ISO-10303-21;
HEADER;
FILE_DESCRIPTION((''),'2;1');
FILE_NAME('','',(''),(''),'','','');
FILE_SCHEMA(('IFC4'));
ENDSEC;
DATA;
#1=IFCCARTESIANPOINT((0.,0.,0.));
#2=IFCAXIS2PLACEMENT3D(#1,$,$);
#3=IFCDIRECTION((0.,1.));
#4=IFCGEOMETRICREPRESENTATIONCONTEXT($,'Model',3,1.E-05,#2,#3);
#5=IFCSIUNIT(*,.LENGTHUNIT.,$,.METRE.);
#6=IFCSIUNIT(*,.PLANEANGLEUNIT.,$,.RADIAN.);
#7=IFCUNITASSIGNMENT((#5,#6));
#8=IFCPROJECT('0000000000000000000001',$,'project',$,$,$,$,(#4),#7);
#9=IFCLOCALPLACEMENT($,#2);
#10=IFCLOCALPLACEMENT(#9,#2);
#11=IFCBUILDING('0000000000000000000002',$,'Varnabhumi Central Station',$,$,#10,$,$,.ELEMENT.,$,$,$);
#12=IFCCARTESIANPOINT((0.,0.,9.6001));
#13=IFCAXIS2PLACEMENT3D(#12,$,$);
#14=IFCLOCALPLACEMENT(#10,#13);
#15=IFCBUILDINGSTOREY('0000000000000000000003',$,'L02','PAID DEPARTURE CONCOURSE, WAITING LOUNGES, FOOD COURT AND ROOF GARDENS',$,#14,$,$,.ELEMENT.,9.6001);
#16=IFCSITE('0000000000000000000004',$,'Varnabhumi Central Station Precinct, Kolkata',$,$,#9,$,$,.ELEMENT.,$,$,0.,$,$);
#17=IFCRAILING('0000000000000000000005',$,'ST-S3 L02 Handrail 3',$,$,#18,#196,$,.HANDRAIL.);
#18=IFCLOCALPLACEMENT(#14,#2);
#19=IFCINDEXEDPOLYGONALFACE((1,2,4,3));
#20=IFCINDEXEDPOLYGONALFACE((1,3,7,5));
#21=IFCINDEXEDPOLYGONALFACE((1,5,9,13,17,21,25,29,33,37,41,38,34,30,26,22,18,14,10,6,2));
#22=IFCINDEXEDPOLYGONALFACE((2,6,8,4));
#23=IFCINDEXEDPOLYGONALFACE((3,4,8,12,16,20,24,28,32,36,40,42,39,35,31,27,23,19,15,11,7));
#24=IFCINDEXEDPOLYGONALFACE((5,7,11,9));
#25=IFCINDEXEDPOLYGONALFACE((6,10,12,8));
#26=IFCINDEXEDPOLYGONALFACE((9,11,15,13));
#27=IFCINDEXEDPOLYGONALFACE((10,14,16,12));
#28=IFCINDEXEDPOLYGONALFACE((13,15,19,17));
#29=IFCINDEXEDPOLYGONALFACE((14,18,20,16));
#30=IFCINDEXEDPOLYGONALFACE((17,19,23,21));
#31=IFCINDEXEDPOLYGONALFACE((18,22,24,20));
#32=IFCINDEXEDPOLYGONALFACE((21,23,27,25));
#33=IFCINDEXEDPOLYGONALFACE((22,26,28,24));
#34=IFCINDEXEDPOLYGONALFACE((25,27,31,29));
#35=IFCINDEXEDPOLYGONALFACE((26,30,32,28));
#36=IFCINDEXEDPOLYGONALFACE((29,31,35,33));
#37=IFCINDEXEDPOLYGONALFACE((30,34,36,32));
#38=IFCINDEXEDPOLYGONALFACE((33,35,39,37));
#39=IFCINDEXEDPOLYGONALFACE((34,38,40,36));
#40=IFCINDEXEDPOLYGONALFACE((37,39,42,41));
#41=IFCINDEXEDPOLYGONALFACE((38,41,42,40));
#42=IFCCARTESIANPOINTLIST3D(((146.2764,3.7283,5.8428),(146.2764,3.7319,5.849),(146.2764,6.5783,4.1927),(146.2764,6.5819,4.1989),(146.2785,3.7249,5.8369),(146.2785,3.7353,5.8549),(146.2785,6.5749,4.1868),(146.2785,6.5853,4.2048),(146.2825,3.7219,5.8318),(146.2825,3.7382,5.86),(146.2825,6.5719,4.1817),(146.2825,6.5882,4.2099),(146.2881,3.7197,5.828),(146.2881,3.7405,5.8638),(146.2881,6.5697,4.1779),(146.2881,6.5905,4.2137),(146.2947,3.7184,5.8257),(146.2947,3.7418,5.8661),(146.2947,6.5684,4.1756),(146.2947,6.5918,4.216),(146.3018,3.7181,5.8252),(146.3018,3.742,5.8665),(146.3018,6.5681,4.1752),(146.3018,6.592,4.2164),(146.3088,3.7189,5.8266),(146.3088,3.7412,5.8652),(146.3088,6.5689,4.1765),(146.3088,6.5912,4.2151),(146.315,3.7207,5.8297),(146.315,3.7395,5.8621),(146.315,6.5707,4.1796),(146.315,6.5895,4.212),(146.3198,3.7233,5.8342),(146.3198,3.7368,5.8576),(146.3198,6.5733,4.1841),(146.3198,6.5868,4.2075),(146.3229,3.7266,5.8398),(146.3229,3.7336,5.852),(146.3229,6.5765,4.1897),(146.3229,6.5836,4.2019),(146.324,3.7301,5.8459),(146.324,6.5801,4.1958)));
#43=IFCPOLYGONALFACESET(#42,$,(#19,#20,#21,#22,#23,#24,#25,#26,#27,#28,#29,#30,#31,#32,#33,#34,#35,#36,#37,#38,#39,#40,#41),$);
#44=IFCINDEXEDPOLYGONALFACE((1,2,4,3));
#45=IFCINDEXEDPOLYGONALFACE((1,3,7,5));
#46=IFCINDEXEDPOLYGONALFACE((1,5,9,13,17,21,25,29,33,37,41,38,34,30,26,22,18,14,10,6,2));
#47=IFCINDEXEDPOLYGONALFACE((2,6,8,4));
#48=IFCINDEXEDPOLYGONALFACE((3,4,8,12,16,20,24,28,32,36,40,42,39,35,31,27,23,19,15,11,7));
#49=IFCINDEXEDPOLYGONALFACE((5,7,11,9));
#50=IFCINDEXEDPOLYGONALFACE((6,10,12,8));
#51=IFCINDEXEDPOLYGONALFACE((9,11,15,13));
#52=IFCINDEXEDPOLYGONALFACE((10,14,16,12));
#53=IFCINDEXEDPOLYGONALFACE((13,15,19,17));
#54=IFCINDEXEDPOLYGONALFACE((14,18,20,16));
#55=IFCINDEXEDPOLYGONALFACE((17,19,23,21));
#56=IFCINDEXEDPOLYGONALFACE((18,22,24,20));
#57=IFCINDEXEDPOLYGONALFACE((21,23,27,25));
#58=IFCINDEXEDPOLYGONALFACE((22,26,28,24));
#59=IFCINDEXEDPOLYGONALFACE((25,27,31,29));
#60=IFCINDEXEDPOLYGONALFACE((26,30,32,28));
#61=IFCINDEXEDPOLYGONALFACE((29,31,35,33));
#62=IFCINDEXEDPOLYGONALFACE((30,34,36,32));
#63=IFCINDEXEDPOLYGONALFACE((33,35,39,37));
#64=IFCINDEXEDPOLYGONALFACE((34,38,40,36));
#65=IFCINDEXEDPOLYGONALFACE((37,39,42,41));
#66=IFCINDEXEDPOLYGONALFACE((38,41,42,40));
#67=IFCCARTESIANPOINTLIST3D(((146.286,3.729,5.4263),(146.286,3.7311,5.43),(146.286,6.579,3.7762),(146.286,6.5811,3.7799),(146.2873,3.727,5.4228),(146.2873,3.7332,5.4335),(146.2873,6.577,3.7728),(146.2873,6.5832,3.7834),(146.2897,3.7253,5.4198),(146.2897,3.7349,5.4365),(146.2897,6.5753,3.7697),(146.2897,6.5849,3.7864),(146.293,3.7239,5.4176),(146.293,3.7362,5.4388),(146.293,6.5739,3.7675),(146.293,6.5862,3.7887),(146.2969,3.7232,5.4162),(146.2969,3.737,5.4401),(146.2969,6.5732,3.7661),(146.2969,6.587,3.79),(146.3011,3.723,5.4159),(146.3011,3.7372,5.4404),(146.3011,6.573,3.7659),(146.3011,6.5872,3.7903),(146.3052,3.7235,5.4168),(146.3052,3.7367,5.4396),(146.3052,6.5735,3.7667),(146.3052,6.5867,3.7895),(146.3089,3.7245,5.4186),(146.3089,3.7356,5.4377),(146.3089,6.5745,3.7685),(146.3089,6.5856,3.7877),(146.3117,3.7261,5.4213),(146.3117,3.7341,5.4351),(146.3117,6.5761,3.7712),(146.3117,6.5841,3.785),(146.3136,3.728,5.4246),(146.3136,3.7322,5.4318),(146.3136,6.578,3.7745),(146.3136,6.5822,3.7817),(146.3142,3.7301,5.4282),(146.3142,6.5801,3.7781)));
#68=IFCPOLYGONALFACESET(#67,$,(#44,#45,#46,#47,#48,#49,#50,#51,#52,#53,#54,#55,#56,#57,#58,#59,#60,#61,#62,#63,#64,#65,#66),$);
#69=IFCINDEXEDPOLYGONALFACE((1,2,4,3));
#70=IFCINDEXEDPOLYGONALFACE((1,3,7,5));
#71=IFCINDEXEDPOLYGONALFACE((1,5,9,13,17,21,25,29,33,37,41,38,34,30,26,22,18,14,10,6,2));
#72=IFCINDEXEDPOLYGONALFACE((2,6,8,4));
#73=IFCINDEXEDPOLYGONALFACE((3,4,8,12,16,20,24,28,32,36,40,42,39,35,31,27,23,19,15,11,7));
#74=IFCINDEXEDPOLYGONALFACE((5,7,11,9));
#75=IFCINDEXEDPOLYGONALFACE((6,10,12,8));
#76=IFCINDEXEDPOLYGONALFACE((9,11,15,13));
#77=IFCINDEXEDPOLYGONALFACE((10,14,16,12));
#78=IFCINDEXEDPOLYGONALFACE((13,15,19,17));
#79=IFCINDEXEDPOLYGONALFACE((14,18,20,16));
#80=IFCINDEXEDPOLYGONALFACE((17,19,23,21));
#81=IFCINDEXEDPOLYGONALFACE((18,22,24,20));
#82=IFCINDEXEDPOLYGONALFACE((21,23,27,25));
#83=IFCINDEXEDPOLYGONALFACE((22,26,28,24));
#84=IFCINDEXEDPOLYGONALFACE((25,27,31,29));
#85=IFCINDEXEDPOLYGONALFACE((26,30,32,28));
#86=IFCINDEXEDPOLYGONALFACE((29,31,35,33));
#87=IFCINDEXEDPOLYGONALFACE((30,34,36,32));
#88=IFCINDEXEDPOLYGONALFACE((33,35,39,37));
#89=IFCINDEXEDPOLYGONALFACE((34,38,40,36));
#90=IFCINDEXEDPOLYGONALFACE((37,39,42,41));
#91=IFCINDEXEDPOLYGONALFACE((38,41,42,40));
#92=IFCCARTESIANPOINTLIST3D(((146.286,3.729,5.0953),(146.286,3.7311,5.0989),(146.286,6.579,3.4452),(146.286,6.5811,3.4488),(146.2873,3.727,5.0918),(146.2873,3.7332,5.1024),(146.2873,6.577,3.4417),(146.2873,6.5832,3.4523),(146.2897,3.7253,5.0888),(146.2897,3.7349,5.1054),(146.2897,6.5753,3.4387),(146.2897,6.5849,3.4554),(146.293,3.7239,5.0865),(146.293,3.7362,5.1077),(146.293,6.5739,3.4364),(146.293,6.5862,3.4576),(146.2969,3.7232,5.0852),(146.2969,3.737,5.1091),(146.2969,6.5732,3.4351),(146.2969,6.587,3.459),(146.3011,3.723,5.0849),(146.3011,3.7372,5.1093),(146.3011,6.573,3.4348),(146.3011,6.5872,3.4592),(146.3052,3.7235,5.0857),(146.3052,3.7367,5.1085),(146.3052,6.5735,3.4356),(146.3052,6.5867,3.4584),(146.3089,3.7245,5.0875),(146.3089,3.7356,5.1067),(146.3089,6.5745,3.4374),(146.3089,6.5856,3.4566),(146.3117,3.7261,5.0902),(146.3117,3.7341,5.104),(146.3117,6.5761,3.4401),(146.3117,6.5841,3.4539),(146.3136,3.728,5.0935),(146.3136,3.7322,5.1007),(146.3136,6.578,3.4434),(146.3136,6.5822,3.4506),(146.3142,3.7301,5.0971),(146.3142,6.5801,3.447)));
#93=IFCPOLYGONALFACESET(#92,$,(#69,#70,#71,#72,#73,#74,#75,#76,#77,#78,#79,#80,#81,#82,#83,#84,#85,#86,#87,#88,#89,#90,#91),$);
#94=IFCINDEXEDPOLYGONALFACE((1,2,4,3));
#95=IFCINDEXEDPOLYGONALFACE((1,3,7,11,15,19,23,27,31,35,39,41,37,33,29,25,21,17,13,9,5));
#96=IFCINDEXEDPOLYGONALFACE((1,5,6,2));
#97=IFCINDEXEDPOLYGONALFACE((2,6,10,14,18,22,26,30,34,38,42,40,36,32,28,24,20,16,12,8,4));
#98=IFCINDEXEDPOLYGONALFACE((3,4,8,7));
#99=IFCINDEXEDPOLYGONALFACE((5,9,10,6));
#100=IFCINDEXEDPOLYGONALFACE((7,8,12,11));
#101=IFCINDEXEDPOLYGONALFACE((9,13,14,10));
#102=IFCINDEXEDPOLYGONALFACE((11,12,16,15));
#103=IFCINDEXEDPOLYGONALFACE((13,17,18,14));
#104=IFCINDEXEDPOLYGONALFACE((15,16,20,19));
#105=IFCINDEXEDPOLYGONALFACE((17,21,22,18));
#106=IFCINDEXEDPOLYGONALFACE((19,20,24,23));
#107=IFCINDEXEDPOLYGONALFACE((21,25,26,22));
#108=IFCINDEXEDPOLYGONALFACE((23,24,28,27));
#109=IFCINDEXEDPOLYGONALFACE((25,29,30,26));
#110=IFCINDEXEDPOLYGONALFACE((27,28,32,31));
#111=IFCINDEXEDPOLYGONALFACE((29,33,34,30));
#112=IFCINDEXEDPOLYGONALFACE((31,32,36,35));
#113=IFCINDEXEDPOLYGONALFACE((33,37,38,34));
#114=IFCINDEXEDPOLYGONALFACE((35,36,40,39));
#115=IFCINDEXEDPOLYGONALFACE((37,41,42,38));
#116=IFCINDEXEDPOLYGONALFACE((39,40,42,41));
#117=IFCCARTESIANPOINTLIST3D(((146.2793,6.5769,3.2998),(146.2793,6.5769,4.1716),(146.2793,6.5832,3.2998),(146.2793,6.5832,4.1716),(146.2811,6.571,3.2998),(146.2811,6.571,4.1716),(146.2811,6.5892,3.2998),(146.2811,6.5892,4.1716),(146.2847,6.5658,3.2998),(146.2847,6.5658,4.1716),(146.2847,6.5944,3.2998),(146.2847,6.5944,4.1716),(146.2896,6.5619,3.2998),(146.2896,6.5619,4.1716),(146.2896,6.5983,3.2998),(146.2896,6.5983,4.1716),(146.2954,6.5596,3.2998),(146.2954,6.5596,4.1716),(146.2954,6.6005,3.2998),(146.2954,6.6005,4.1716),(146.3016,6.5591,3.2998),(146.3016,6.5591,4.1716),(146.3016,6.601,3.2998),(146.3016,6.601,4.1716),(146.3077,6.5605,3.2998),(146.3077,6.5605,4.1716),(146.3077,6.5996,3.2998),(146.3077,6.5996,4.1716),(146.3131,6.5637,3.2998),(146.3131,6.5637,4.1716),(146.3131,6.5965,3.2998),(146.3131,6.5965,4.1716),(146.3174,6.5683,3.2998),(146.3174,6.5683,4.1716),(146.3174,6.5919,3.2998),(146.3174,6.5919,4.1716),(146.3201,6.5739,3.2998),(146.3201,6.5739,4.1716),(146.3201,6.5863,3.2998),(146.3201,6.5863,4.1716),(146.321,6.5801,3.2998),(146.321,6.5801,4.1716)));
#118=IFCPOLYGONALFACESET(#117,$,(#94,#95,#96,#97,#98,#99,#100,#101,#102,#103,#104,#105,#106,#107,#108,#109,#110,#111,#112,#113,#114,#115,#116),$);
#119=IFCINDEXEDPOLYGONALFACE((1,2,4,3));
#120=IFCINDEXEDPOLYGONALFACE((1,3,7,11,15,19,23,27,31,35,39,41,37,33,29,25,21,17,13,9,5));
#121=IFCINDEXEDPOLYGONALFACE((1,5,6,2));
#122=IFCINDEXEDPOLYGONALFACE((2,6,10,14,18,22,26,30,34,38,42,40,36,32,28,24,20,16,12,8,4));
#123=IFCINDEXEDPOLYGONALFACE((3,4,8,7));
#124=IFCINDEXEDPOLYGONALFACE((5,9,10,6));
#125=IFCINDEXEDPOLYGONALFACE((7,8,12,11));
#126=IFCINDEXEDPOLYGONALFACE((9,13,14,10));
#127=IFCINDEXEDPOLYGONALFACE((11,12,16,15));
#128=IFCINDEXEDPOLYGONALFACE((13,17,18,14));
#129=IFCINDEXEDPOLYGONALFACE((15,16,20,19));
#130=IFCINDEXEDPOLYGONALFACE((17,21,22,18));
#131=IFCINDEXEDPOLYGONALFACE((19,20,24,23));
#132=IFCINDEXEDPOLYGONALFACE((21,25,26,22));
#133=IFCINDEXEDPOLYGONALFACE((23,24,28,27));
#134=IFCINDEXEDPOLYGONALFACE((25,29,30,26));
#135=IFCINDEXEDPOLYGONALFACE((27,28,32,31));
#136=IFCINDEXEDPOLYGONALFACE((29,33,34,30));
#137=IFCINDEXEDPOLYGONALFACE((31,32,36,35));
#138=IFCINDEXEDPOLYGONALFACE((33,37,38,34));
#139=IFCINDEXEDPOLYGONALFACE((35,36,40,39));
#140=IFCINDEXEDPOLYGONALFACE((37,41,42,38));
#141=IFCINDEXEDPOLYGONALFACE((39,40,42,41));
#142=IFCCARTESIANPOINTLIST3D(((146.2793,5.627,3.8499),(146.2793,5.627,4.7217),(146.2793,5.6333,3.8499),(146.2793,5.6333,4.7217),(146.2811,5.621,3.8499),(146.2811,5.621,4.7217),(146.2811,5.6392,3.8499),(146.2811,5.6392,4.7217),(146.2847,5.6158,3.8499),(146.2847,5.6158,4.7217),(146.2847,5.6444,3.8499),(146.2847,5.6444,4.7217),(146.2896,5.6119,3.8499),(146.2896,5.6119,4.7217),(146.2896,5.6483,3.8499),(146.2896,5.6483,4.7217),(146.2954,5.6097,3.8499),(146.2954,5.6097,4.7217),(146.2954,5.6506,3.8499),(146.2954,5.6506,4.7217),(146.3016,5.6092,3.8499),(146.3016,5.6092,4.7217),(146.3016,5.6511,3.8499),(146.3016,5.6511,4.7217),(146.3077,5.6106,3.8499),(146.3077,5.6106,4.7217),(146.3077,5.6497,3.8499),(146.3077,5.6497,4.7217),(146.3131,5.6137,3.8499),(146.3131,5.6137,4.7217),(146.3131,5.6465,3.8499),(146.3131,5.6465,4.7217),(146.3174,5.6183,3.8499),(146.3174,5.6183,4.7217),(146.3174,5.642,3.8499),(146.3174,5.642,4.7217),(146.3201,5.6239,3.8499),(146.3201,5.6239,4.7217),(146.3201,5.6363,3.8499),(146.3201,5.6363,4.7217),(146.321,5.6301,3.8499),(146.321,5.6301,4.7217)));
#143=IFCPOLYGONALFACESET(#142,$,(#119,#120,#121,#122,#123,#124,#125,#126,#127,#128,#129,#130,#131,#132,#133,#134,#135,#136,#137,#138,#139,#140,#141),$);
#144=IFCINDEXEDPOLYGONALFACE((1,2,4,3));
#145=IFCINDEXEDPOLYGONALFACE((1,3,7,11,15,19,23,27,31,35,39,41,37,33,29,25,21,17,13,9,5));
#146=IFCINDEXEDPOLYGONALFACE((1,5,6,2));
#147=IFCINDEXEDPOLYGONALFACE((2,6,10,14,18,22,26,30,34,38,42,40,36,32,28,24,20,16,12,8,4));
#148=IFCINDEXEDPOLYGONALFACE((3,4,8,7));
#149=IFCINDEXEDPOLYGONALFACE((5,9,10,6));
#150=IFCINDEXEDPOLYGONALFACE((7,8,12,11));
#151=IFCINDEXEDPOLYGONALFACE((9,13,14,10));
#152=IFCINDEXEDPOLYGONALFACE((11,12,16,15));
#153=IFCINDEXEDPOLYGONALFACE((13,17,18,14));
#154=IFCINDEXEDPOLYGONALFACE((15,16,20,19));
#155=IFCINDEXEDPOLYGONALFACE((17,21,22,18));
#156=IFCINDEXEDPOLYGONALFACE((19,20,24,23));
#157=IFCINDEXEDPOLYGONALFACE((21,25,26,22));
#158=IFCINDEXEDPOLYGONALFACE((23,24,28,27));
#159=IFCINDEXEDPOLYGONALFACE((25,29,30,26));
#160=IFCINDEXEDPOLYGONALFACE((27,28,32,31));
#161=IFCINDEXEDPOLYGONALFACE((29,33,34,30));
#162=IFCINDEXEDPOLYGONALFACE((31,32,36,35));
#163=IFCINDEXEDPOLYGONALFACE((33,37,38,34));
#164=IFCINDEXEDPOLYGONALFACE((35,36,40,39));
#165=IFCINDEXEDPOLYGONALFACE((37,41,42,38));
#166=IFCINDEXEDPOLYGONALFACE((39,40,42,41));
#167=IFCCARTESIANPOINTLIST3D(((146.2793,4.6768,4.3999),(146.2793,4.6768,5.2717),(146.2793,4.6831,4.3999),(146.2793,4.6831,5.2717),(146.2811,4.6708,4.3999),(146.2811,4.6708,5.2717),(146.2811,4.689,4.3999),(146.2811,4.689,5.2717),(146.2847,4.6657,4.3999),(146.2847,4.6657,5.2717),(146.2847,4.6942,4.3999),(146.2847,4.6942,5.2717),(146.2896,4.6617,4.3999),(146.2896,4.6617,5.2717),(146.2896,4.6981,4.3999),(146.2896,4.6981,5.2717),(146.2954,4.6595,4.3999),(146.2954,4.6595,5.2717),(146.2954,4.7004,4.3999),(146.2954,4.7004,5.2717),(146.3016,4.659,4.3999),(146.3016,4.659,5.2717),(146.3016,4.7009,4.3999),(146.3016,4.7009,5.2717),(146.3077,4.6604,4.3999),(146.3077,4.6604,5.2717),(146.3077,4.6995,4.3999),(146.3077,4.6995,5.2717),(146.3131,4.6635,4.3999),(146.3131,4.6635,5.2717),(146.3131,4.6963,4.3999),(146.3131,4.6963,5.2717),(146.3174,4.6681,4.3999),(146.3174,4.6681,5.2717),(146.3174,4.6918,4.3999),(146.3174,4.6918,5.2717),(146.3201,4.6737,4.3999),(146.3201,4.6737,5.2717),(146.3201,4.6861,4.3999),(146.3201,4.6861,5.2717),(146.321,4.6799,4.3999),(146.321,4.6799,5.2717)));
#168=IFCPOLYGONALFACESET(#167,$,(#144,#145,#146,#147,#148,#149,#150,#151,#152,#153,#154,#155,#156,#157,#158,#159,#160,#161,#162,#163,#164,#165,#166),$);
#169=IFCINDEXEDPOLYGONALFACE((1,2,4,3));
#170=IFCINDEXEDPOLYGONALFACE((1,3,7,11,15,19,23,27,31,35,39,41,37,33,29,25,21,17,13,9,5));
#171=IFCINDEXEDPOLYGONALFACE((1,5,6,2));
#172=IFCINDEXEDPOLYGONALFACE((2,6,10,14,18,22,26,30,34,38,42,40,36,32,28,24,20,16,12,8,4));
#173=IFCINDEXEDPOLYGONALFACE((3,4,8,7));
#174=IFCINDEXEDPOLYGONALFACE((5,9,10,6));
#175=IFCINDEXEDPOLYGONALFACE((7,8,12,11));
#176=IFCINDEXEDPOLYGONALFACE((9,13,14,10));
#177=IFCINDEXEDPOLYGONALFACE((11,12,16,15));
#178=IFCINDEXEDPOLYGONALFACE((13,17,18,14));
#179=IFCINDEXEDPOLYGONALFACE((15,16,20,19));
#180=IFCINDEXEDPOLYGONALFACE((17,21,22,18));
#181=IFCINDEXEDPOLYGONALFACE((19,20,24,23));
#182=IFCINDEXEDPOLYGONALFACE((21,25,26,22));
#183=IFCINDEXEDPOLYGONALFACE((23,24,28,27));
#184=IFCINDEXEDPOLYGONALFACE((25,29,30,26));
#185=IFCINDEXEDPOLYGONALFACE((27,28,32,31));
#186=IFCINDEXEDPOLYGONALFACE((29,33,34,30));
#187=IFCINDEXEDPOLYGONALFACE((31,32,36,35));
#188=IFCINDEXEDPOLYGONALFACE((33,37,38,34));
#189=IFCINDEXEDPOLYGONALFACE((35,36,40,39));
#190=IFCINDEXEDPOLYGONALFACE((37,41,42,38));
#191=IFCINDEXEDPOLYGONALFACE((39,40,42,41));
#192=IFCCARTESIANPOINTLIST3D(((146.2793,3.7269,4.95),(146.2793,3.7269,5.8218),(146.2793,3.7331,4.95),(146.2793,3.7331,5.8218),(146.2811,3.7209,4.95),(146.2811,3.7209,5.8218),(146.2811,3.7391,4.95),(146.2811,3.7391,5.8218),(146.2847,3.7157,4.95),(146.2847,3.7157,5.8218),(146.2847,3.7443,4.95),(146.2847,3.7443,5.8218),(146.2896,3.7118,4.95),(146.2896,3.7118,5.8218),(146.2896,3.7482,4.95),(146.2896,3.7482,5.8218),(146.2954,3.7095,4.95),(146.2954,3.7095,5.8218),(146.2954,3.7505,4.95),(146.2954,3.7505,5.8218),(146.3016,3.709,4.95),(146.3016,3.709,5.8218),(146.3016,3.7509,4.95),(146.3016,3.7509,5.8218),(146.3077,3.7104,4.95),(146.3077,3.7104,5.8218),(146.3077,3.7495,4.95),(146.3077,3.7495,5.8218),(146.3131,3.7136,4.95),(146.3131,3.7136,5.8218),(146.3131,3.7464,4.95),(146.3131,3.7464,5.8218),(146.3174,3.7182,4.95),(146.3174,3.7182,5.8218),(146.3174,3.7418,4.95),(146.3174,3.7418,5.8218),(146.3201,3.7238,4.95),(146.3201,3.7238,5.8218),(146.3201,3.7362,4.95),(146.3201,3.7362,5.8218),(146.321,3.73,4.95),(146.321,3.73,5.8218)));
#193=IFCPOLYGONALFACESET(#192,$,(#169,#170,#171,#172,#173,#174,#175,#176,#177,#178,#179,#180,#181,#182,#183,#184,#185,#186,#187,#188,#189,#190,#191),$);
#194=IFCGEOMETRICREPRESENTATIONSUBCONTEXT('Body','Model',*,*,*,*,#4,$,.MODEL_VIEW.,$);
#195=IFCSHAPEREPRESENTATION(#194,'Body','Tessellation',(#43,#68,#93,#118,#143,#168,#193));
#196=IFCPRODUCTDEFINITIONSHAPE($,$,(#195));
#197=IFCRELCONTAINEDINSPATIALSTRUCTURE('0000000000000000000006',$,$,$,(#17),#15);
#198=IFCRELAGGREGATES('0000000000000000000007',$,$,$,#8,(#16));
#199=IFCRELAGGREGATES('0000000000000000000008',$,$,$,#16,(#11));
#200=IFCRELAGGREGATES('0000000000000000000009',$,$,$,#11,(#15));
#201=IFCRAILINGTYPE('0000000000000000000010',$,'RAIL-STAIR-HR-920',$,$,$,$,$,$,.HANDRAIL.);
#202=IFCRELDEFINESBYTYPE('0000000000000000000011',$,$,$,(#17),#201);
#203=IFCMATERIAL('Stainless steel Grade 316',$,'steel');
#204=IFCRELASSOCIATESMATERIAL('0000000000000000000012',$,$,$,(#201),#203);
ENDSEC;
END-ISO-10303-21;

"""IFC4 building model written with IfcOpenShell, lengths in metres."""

from ifc_helpers import new_model, si_unit, direction, frame, origin, origin_2d, place, context, subcontext, project, spatial, circle, extrude, material, type_object, element, save


model = new_model("IFC4")

# Units and contexts
model_context = context("Model", 3, precision=1e-05, world=origin(), true_north=direction((0.0, 1.0)))
body_context = subcontext(model_context, "Body", "Model", "MODEL_VIEW")
ifc_project = project(units=[si_unit("LENGTHUNIT", "METRE"), si_unit("PLANEANGLEUNIT", "RADIAN")], contexts=[model_context])

# Site, building, storey
site_placement = place(None, origin())
site = spatial("IfcSite", under=ifc_project, at=site_placement, Name="Varnabhumi Central Station Precinct, Kolkata", CompositionType="ELEMENT", RefElevation=0.0)
building_placement = place(site_placement, origin())
building = spatial("IfcBuilding", under=site, at=building_placement, Name="Varnabhumi Central Station", CompositionType="ELEMENT")
storey_placement = place(building_placement, frame((0.0, 0.0, 9.6001)))
storey = spatial("IfcBuildingStorey", under=building, at=storey_placement, Name="L02", Description="PAID DEPARTURE CONCOURSE, WAITING LOUNGES, FOOD COURT AND ROOF GARDENS", CompositionType="ELEMENT", Elevation=9.6001)

# Railing
ifc_material_1 = material(Name="Stainless steel Grade 316", Category="steel")
railing_type_1 = type_object("IfcRailingType", Name="RAIL-STAIR-HR-920", PredefinedType="HANDRAIL", material=ifc_material_1)
railing_1_placement = place(storey_placement, frame((146.3, 6.5801, 3.2998)))
element("IfcRailing", 1, at=railing_1_placement, inside=storey, type_object=railing_type_1, Name="ST-S3 L02 Handrail 3", PredefinedType="HANDRAIL", context=body_context, shape_type="SweptSolid", body=[
    extrude(circle(Radius=0.0239, at=origin_2d()), frame((0.0, 0.0, 0.896), z_axis=(0.0, -0.865414, 0.501057), x_axis=(1.0, 0.0, 0.0)), (0.0, 0.0, 1.0), 3.2932),
    extrude(circle(Radius=0.0142, at=origin_2d()), frame((0.0, 0.0, 0.4783), z_axis=(0.0, -0.865414, 0.501057), x_axis=(1.0, 0.0, 0.0)), (0.0, 0.0, 1.0), 3.2932),
    extrude(circle(Radius=0.0142, at=origin_2d()), frame((0.0, 0.0, 0.1472), z_axis=(0.0, -0.865414, 0.501057), x_axis=(1.0, 0.0, 0.0)), (0.0, 0.0, 1.0), 3.2932),
    extrude(circle(Radius=0.021, at=origin_2d()), origin(), (0.0, 0.0, 1.0), 0.8718),
    extrude(circle(Radius=0.021, at=origin_2d()), frame((0.0, -0.95, 0.55)), (0.0, 0.0, 1.0), 0.8718),
    extrude(circle(Radius=0.021, at=origin_2d()), frame((0.0, -1.9001, 1.1001)), (0.0, 0.0, 1.0), 0.8718),
    extrude(circle(Radius=0.021, at=origin_2d()), frame((0.0, -2.8501, 1.6501)), (0.0, 0.0, 1.0), 0.8718),
])

save(model, "model.ifc")
